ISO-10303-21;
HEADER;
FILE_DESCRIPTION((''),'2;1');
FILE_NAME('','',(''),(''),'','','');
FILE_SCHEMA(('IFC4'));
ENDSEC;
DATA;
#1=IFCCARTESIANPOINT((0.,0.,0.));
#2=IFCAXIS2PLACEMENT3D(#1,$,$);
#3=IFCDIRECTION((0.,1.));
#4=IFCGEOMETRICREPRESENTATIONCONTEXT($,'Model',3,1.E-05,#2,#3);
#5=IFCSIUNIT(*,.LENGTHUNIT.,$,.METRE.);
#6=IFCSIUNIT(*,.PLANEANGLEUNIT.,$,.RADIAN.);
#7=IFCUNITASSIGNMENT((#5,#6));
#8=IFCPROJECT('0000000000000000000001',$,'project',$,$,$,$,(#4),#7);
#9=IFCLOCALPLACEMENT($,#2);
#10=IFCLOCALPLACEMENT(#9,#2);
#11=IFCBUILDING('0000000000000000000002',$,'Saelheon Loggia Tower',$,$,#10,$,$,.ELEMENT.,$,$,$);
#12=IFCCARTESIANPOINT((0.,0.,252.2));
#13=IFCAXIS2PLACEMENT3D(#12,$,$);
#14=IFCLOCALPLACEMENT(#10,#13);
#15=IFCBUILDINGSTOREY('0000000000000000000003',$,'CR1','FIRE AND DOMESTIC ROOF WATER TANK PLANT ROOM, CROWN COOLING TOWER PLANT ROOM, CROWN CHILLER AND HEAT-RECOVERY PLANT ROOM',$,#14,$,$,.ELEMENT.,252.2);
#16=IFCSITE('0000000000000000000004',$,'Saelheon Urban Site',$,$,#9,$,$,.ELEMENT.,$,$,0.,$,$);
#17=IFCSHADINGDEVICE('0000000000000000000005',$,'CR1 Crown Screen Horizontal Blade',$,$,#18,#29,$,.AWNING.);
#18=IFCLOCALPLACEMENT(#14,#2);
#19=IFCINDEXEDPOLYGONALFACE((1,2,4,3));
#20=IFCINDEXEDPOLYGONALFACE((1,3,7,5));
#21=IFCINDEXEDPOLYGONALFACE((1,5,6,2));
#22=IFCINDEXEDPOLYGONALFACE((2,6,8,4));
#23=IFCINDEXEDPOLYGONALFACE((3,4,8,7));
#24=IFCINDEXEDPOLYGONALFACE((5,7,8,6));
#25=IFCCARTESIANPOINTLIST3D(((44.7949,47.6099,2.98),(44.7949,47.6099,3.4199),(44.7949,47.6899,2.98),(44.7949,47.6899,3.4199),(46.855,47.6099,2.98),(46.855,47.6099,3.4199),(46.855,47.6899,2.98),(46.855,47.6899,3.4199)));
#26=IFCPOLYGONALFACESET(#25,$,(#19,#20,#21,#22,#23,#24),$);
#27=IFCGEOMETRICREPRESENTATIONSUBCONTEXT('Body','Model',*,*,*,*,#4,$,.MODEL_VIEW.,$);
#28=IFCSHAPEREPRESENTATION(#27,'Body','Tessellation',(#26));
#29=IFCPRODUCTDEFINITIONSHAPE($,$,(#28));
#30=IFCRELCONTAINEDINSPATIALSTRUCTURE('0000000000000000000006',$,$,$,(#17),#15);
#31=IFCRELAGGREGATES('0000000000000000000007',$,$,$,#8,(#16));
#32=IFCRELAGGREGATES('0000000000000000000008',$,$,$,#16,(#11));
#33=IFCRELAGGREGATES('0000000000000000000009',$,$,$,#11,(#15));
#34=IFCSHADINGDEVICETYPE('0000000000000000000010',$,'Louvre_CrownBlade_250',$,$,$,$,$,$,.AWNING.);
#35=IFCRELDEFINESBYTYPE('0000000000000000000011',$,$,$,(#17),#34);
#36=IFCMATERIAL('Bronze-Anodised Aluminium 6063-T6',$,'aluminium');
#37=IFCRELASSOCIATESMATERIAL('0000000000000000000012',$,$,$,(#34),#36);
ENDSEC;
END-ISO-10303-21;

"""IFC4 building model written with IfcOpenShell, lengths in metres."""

from ifc_helpers import new_model, si_unit, direction, frame, origin, origin_2d, place, context, subcontext, project, spatial, rectangle, extrude, source, transform, mapped, material, material_profile, profile_set, type_object, element, save


model = new_model("IFC4")

# Units and contexts
model_context = context("Model", 3, precision=1e-05, world=origin(), true_north=direction((0.0, 1.0)))
body_context = subcontext(model_context, "Body", "Model", "MODEL_VIEW")
ifc_project = project(units=[si_unit("LENGTHUNIT", "METRE"), si_unit("PLANEANGLEUNIT", "RADIAN")], contexts=[model_context])

# Site, building, storey
site_placement = place(None, origin())
site = spatial("IfcSite", under=ifc_project, at=site_placement, Name="Saelheon Urban Site", CompositionType="ELEMENT", RefElevation=0.0)
building_placement = place(site_placement, origin())
building = spatial("IfcBuilding", under=site, at=building_placement, Name="Saelheon Loggia Tower", CompositionType="ELEMENT")
storey_placement = place(building_placement, frame((0.0, 0.0, 252.2)))
storey = spatial("IfcBuildingStorey", under=building, at=storey_placement, Name="CR1", Description="FIRE AND DOMESTIC ROOF WATER TANK PLANT ROOM, CROWN COOLING TOWER PLANT ROOM, CROWN CHILLER AND HEAT-RECOVERY PLANT ROOM", CompositionType="ELEMENT", Elevation=252.2)

# Shared definitions
ifc_material_1 = material(Name="Bronze-Anodised Aluminium 6063-T6", Category="aluminium")

# Shading device
ifc_material_profile_1 = material_profile(ifc_material_1, rectangle(XDim=0.0801, YDim=0.4399, at=origin_2d()), Name="Louvre_CrownBlade_250")
ifc_profile_set_1 = profile_set([ifc_material_profile_1], Name="Bronze-Anodised Aluminium 6063-T6")
shading_device_type = type_object("IfcShadingDeviceType", Name="Louvre_CrownBlade_250", PredefinedType="AWNING", material=ifc_profile_set_1)
shared_shape_1 = source(origin(), body_context, "Body", "SweptSolid", [
    extrude(rectangle(XDim=0.0801, YDim=0.4399, at=origin_2d()), origin(), (0.0, 0.0, 1.0), 2.0601),
])
for number, where, z_axis, x_axis, name in (
    (1, (46.855, 47.6499, 3.2), (-1.0, 0.0, 0.0), (0.0, -1.0, 0.0), "CR1 Crown Screen Horizontal Blade"),
):
    element("IfcShadingDevice", number, at=place(storey_placement, frame(where, z_axis=z_axis, x_axis=x_axis)), inside=storey, type_object=shading_device_type, Name=name, PredefinedType="AWNING", context=body_context, shape_type="MappedRepresentation", body=[
        mapped(shared_shape_1, transform((0.0, 0.0, 0.0), scale=1.0)),
    ])

save(model, "model.ifc")
